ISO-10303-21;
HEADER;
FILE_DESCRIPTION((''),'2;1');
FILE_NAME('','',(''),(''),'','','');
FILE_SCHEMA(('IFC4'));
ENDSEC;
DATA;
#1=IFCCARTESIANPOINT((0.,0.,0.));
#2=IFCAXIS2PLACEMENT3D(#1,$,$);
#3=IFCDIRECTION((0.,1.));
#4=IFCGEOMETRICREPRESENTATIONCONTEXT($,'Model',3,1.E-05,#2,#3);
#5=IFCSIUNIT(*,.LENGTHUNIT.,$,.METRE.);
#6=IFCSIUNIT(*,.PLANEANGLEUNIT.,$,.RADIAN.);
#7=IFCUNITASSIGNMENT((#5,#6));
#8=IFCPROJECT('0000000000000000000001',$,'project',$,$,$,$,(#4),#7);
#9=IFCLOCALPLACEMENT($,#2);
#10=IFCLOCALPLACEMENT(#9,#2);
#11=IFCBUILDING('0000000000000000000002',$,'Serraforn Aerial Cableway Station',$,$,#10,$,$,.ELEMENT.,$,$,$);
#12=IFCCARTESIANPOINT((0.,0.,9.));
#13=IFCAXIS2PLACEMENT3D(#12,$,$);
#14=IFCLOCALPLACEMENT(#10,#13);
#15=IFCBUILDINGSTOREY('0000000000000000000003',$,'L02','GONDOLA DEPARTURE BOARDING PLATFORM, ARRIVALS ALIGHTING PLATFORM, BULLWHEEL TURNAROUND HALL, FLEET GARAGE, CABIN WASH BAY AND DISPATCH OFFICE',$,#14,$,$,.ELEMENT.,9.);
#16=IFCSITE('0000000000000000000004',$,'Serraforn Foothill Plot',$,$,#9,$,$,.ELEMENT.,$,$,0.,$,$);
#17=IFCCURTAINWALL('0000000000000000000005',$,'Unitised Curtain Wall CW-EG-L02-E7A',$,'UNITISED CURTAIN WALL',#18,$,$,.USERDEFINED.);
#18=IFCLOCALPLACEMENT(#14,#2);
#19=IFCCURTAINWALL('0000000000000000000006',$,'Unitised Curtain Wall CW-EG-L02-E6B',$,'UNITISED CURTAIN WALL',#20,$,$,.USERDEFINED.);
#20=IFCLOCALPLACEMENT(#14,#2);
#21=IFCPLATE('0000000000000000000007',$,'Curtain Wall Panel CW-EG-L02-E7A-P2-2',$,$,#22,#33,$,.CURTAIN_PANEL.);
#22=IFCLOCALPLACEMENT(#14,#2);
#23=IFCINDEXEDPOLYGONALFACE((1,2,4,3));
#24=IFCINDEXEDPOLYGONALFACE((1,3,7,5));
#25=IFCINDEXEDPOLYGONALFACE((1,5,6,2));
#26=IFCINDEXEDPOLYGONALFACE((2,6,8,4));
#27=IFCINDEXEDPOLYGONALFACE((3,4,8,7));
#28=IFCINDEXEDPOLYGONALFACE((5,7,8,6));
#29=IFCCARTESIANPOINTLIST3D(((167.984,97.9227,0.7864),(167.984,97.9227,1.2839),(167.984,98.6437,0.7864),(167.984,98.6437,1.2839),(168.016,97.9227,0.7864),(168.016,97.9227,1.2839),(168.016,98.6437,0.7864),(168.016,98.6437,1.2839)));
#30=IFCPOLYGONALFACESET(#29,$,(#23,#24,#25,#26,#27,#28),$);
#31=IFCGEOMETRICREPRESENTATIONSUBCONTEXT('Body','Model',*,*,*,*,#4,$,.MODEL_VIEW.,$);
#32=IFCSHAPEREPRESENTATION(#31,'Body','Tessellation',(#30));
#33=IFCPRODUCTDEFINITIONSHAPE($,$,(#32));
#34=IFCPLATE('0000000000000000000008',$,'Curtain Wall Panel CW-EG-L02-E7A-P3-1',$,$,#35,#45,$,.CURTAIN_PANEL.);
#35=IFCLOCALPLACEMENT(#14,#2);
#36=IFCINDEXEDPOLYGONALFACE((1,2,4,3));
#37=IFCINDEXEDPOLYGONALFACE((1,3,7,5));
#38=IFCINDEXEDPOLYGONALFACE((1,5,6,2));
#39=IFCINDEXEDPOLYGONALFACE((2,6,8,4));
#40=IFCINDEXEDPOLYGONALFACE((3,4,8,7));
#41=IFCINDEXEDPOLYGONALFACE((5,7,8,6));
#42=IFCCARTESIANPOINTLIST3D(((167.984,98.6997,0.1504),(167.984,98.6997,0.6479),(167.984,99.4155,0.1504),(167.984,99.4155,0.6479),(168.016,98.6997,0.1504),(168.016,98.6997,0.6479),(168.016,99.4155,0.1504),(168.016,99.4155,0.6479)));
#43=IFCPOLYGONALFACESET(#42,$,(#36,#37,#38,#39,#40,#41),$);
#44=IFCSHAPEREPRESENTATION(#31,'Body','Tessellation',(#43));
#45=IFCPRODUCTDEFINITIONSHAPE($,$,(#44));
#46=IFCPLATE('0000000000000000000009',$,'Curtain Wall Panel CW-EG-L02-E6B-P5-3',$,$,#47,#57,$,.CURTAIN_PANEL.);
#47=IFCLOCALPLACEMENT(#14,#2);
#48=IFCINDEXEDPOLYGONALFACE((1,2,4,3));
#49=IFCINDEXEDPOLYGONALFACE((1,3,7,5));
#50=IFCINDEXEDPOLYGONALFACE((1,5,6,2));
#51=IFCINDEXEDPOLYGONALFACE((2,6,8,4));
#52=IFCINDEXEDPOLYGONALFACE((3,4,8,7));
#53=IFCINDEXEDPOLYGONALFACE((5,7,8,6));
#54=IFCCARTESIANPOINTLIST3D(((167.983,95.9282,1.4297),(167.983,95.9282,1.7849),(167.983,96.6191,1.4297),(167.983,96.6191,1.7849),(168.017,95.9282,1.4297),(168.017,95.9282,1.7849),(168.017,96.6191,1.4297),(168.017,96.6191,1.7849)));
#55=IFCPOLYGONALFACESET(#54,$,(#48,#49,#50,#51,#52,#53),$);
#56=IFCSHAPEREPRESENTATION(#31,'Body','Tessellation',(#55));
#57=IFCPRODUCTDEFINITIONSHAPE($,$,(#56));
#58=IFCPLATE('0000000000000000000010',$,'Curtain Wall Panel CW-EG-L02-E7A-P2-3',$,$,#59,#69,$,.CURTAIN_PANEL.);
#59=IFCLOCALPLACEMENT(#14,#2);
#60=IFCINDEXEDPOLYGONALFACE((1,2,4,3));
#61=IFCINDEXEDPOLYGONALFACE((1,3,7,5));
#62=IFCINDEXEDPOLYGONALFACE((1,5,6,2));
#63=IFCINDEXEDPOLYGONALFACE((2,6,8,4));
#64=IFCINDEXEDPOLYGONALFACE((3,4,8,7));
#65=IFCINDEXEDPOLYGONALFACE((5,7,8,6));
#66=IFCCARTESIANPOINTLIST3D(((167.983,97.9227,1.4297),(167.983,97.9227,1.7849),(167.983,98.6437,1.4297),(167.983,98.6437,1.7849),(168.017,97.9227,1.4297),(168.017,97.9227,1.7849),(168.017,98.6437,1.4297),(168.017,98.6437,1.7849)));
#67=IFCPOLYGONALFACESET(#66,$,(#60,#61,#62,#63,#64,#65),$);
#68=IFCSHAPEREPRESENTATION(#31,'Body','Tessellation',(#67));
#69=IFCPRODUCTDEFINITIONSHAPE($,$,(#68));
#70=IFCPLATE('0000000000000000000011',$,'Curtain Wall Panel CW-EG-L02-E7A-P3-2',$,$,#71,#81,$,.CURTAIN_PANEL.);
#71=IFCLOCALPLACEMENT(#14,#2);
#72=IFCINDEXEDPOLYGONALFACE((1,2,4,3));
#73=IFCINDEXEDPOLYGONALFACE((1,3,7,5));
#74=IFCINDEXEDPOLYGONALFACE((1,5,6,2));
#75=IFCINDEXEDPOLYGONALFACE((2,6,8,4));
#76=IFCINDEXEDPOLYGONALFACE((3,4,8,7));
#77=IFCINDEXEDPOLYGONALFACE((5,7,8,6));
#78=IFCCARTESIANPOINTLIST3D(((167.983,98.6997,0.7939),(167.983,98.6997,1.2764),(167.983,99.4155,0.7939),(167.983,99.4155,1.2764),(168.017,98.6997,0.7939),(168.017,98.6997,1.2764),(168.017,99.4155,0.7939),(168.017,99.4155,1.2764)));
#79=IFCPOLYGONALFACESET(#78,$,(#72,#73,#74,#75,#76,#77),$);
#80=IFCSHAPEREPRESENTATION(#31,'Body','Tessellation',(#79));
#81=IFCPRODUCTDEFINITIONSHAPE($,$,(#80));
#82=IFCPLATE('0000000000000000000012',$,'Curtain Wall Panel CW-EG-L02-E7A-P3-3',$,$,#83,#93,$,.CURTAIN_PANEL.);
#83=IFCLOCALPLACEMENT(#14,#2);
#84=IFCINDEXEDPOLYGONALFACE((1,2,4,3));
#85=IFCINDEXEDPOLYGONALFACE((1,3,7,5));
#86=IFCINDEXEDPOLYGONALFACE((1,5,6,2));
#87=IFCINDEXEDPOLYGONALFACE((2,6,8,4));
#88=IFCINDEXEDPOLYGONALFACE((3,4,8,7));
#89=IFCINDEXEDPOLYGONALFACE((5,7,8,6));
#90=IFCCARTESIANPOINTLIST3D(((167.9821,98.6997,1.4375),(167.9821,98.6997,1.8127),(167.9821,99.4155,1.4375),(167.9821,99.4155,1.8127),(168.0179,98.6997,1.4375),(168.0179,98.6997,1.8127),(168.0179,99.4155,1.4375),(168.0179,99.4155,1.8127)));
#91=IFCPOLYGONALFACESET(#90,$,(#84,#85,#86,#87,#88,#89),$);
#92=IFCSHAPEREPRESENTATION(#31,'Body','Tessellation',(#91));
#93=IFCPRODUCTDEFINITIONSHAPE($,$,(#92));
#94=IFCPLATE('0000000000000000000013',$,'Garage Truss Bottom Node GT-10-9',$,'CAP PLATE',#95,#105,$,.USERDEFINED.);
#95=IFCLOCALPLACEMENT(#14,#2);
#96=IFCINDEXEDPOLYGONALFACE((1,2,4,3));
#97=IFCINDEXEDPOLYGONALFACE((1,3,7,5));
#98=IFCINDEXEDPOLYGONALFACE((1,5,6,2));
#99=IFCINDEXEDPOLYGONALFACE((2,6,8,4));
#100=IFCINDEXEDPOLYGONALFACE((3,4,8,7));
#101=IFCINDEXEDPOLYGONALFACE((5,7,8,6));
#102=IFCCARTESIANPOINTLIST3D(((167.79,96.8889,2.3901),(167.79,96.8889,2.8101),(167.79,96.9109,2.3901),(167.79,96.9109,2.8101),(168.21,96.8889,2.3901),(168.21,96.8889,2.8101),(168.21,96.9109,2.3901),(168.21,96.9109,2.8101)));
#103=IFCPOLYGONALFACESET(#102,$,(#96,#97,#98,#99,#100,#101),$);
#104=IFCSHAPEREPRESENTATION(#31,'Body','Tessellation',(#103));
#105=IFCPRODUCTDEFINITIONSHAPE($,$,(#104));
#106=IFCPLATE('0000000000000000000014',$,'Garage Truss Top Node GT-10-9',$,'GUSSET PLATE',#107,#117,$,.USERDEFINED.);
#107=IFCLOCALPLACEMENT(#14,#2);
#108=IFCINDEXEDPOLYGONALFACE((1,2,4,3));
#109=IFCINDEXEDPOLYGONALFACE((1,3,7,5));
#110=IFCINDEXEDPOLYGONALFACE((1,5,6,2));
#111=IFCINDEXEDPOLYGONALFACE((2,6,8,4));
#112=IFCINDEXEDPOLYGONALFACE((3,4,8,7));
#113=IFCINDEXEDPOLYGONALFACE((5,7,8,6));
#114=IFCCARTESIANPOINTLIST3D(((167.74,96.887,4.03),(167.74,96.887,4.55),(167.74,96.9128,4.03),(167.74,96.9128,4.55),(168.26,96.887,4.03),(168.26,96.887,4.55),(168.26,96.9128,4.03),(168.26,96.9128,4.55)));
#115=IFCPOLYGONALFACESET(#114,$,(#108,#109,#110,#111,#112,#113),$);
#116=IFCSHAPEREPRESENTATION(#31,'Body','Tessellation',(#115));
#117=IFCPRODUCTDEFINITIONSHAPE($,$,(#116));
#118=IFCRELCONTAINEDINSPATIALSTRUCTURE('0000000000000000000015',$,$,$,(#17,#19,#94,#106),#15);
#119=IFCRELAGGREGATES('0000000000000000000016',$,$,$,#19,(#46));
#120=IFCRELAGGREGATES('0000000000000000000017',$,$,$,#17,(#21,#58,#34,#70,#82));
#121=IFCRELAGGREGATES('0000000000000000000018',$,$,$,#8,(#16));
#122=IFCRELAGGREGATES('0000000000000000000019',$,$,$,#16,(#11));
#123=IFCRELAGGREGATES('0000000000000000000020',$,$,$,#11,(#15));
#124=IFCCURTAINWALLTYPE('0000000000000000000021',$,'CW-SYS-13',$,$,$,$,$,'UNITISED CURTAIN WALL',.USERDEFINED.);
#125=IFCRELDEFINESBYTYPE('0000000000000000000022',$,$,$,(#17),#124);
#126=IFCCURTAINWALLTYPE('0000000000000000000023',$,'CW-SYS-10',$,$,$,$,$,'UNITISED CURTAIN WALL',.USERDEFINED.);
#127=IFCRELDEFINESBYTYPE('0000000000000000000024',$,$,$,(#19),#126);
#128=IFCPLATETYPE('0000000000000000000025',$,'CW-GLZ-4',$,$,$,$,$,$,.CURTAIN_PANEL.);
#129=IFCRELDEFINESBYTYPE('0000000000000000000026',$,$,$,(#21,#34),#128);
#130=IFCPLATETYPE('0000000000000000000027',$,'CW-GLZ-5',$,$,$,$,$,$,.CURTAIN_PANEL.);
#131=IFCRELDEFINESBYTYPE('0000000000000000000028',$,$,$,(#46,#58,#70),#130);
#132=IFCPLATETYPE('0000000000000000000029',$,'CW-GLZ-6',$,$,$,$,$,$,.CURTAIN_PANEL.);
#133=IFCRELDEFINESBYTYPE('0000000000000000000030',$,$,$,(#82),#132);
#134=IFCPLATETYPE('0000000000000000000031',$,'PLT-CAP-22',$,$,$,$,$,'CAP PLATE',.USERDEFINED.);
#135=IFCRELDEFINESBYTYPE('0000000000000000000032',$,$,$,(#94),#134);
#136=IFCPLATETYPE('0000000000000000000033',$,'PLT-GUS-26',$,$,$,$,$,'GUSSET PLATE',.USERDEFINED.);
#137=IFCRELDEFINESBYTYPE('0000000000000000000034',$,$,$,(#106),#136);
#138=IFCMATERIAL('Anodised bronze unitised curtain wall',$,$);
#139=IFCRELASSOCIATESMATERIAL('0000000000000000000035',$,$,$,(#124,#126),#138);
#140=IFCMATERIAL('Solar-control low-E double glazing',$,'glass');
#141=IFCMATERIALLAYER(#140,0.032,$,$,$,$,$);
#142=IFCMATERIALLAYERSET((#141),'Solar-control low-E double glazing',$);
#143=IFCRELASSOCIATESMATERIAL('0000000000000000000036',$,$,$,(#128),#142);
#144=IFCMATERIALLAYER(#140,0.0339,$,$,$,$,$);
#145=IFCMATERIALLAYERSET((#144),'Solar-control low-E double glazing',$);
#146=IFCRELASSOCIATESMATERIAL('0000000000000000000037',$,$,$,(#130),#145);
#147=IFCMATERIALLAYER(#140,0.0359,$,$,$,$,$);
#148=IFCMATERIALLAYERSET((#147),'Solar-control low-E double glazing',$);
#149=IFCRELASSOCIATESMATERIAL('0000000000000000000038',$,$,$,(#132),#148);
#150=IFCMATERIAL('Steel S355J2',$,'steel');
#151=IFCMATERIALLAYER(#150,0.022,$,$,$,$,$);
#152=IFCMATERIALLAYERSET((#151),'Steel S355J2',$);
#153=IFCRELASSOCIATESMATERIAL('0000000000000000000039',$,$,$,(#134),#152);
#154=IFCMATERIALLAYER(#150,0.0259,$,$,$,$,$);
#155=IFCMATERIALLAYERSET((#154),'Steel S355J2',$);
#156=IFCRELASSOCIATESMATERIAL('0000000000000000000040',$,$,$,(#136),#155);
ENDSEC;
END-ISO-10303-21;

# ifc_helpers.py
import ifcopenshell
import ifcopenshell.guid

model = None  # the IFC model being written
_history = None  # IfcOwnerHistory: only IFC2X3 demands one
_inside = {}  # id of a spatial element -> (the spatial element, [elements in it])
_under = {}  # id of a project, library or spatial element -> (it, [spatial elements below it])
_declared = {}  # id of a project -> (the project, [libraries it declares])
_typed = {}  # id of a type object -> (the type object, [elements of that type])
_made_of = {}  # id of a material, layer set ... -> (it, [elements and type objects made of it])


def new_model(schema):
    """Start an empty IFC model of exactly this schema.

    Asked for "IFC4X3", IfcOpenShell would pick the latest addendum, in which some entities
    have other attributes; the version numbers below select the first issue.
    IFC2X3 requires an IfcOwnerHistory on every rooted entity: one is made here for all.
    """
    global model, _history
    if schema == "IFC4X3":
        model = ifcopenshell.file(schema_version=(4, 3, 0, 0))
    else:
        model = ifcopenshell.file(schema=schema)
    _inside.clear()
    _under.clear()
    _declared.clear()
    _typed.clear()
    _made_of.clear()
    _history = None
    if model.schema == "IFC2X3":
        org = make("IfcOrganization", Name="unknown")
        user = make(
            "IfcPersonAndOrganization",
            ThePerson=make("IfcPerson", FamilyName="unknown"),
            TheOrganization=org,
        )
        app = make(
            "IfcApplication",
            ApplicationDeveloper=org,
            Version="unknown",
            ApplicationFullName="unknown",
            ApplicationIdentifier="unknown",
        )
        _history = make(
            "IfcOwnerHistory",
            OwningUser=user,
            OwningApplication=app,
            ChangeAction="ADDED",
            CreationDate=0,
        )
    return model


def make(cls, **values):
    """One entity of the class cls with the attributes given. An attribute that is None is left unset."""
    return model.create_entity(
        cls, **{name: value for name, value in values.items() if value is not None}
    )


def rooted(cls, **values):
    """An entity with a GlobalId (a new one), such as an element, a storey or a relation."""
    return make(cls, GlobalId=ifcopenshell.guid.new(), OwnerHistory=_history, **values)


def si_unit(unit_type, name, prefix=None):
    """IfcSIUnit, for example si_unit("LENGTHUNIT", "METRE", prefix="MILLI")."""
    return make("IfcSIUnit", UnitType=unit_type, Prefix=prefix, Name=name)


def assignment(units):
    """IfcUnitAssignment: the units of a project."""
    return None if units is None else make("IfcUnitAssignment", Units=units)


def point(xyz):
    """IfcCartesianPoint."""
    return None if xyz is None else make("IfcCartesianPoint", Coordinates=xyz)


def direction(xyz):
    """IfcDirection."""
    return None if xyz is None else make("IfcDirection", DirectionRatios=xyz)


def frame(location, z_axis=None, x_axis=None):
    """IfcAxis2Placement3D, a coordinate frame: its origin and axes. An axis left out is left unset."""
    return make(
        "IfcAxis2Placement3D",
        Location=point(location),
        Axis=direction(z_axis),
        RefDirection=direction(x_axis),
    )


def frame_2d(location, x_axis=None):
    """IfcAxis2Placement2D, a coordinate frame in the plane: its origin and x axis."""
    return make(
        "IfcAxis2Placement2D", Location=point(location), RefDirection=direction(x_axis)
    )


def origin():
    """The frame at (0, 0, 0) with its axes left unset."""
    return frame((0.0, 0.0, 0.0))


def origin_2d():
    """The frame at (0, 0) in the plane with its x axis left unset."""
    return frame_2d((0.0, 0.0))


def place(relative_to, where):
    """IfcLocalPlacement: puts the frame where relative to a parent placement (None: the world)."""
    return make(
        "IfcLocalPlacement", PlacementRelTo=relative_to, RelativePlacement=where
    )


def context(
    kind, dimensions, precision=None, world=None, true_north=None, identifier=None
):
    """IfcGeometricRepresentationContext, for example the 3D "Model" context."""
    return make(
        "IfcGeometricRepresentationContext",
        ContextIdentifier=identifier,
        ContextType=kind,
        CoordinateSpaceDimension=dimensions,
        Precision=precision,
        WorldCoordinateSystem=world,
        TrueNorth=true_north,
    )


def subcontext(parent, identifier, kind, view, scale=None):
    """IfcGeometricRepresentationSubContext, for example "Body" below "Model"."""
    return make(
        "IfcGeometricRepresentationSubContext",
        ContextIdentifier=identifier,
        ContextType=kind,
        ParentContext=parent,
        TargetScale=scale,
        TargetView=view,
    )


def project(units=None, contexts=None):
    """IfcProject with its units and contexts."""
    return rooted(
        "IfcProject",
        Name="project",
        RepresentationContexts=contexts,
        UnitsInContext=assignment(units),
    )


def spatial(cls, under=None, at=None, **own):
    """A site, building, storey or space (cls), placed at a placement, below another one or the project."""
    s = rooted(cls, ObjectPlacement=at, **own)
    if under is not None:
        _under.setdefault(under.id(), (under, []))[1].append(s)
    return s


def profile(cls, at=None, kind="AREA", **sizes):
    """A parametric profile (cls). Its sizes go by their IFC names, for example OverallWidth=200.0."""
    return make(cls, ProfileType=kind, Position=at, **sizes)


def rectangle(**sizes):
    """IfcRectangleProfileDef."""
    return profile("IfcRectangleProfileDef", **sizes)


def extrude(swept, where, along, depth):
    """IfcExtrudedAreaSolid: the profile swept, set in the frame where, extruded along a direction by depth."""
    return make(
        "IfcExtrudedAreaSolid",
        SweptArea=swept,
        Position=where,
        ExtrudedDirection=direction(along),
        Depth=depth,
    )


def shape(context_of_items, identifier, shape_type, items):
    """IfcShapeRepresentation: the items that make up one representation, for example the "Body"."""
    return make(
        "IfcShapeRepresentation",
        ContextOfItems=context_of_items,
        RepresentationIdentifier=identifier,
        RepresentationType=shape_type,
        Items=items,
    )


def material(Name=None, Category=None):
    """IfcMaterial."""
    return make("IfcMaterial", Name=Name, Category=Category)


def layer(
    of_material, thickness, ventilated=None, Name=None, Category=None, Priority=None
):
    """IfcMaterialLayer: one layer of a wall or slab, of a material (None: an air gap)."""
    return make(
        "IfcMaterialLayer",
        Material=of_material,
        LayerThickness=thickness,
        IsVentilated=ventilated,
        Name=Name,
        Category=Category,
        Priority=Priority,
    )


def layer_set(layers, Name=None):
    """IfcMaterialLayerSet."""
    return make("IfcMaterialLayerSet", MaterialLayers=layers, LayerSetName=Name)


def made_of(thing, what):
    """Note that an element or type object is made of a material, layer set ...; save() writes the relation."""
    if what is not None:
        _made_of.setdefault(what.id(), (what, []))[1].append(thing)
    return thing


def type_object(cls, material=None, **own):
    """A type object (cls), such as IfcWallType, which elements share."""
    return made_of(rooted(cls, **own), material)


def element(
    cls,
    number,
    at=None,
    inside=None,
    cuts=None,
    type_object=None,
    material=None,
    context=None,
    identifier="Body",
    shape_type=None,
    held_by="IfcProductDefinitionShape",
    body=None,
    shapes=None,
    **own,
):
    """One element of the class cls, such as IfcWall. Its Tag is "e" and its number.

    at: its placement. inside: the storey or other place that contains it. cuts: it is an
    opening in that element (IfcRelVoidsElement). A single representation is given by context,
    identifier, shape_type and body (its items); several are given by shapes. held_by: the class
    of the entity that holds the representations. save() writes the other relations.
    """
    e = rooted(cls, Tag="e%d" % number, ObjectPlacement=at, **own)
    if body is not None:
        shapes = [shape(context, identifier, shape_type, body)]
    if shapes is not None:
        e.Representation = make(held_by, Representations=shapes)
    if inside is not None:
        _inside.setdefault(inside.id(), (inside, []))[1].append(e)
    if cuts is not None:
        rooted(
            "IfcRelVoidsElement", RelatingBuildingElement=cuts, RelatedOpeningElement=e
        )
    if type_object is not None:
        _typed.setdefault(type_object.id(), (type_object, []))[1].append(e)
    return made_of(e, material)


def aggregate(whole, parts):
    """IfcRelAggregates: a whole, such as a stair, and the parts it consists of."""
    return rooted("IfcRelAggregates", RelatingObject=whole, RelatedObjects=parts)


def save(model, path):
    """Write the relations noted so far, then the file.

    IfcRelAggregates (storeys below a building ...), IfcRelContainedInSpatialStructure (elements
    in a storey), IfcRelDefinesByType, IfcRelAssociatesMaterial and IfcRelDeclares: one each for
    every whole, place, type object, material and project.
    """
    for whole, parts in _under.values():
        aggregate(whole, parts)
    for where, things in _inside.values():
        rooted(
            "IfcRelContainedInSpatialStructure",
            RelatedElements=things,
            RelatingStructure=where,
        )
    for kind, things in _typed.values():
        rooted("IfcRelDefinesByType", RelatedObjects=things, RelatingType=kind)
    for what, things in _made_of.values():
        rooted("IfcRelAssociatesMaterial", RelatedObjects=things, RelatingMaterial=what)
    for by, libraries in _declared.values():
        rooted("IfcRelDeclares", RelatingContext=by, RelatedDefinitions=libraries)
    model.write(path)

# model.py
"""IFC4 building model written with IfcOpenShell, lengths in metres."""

from ifc_helpers import new_model, si_unit, direction, frame, origin, origin_2d, place, context, subcontext, project, spatial, rectangle, extrude, material, layer, layer_set, type_object, element, aggregate, save


model = new_model("IFC4")

# Units and contexts
model_context = context("Model", 3, precision=1e-05, world=origin(), true_north=direction((0.0, 1.0)))
body_context = subcontext(model_context, "Body", "Model", "MODEL_VIEW")
ifc_project = project(units=[si_unit("LENGTHUNIT", "METRE"), si_unit("PLANEANGLEUNIT", "RADIAN")], contexts=[model_context])

# Site, building, storey
site_placement = place(None, origin())
site = spatial("IfcSite", under=ifc_project, at=site_placement, Name="Serraforn Foothill Plot", CompositionType="ELEMENT", RefElevation=0.0)
building_placement = place(site_placement, origin())
building = spatial("IfcBuilding", under=site, at=building_placement, Name="Serraforn Aerial Cableway Station", CompositionType="ELEMENT")
storey_placement = place(building_placement, frame((0.0, 0.0, 9.0)))
storey = spatial("IfcBuildingStorey", under=building, at=storey_placement, Name="L02", Description="GONDOLA DEPARTURE BOARDING PLATFORM, ARRIVALS ALIGHTING PLATFORM, BULLWHEEL TURNAROUND HALL, FLEET GARAGE, CABIN WASH BAY AND DISPATCH OFFICE", CompositionType="ELEMENT", Elevation=9.0)

# Shared definitions
ifc_material_1 = material(Name="Steel S355J2", Category="steel")

# Curtain walls
ifc_material_2 = material(Name="Anodised bronze unitised curtain wall")
curtain_wall_type_1 = type_object("IfcCurtainWallType", Name="CW-SYS-13", ElementType="UNITISED CURTAIN WALL", PredefinedType="USERDEFINED", material=ifc_material_2)
curtain_wall_1_placement = place(storey_placement, origin())
curtain_wall_1 = element("IfcCurtainWall", 1, at=curtain_wall_1_placement, inside=storey, type_object=curtain_wall_type_1, Name="Unitised Curtain Wall CW-EG-L02-E7A", ObjectType="UNITISED CURTAIN WALL", PredefinedType="USERDEFINED")
curtain_wall_type_2 = type_object("IfcCurtainWallType", Name="CW-SYS-10", ElementType="UNITISED CURTAIN WALL", PredefinedType="USERDEFINED", material=ifc_material_2)
curtain_wall_2_placement = place(storey_placement, origin())
curtain_wall_2 = element("IfcCurtainWall", 2, at=curtain_wall_2_placement, inside=storey, type_object=curtain_wall_type_2, Name="Unitised Curtain Wall CW-EG-L02-E6B", ObjectType="UNITISED CURTAIN WALL", PredefinedType="USERDEFINED")

# Plates
ifc_material_3 = material(Name="Solar-control low-E double glazing", Category="glass")
ifc_layer_1 = layer(ifc_material_3, 0.032)
ifc_layer_set_1 = layer_set([ifc_layer_1], Name="Solar-control low-E double glazing")
plate_type_1 = type_object("IfcPlateType", Name="CW-GLZ-4", PredefinedType="CURTAIN_PANEL", material=ifc_layer_set_1)
plate_1_placement = place(storey_placement, frame((168.0, 98.2832, 0.7864), z_axis=(0.0, 0.0, 1.0), x_axis=(1.0, 0.0, 0.0)))
plate_1 = element("IfcPlate", 3, at=plate_1_placement, type_object=plate_type_1, Name="Curtain Wall Panel CW-EG-L02-E7A-P2-2", PredefinedType="CURTAIN_PANEL", context=body_context, shape_type="SweptSolid", body=[
    extrude(rectangle(XDim=0.032, YDim=0.7209, at=origin_2d()), origin(), (0.0, 0.0, 1.0), 0.4976),
])
plate_2_placement = place(storey_placement, frame((168.0, 99.0576, 0.1504), z_axis=(0.0, 0.0, 1.0), x_axis=(1.0, 0.0, 0.0)))
plate_2 = element("IfcPlate", 4, at=plate_2_placement, type_object=plate_type_1, Name="Curtain Wall Panel CW-EG-L02-E7A-P3-1", PredefinedType="CURTAIN_PANEL", context=body_context, shape_type="SweptSolid", body=[
    extrude(rectangle(XDim=0.032, YDim=0.7158, at=origin_2d()), origin(), (0.0, 0.0, 1.0), 0.4976),
])
ifc_layer_2 = layer(ifc_material_3, 0.0339)
ifc_layer_set_2 = layer_set([ifc_layer_2], Name="Solar-control low-E double glazing")
plate_type_2 = type_object("IfcPlateType", Name="CW-GLZ-5", PredefinedType="CURTAIN_PANEL", material=ifc_layer_set_2)
plate_3_placement = place(storey_placement, frame((168.0, 96.2737, 1.4297), z_axis=(0.0, 0.0, 1.0), x_axis=(1.0, 0.0, 0.0)))
plate_3 = element("IfcPlate", 5, at=plate_3_placement, type_object=plate_type_2, Name="Curtain Wall Panel CW-EG-L02-E6B-P5-3", PredefinedType="CURTAIN_PANEL", context=body_context, shape_type="SweptSolid", body=[
    extrude(rectangle(XDim=0.0339, YDim=0.6909, at=origin_2d()), origin(), (0.0, 0.0, 1.0), 0.3552),
])
aggregate(curtain_wall_2, [plate_3])
plate_4_placement = place(storey_placement, frame((168.0, 98.2832, 1.4297), z_axis=(0.0, 0.0, 1.0), x_axis=(1.0, 0.0, 0.0)))
plate_4 = element("IfcPlate", 6, at=plate_4_placement, type_object=plate_type_2, Name="Curtain Wall Panel CW-EG-L02-E7A-P2-3", PredefinedType="CURTAIN_PANEL", context=body_context, shape_type="SweptSolid", body=[
    extrude(rectangle(XDim=0.0339, YDim=0.7209, at=origin_2d()), origin(), (0.0, 0.0, 1.0), 0.3552),
])
plate_5_placement = place(storey_placement, frame((168.0, 99.0576, 0.7939), z_axis=(0.0, 0.0, 1.0), x_axis=(1.0, 0.0, 0.0)))
plate_5 = element("IfcPlate", 7, at=plate_5_placement, type_object=plate_type_2, Name="Curtain Wall Panel CW-EG-L02-E7A-P3-2", PredefinedType="CURTAIN_PANEL", context=body_context, shape_type="SweptSolid", body=[
    extrude(rectangle(XDim=0.0339, YDim=0.7158, at=origin_2d()), origin(), (0.0, 0.0, 1.0), 0.4824),
])
ifc_layer_3 = layer(ifc_material_3, 0.0359)
ifc_layer_set_3 = layer_set([ifc_layer_3], Name="Solar-control low-E double glazing")
plate_type_3 = type_object("IfcPlateType", Name="CW-GLZ-6", PredefinedType="CURTAIN_PANEL", material=ifc_layer_set_3)
plate_6_placement = place(storey_placement, frame((168.0, 99.0576, 1.4375), z_axis=(0.0, 0.0, 1.0), x_axis=(1.0, 0.0, 0.0)))
plate_6 = element("IfcPlate", 8, at=plate_6_placement, type_object=plate_type_3, Name="Curtain Wall Panel CW-EG-L02-E7A-P3-3", PredefinedType="CURTAIN_PANEL", context=body_context, shape_type="SweptSolid", body=[
    extrude(rectangle(XDim=0.0359, YDim=0.7158, at=origin_2d()), origin(), (0.0, 0.0, 1.0), 0.3752),
])
aggregate(curtain_wall_1, [plate_1, plate_4, plate_2, plate_5, plate_6])

# Plates
ifc_layer_4 = layer(ifc_material_1, 0.022)
ifc_layer_set_4 = layer_set([ifc_layer_4], Name="Steel S355J2")
plate_type_4 = type_object("IfcPlateType", Name="PLT-CAP-22", ElementType="CAP PLATE", PredefinedType="USERDEFINED", material=ifc_layer_set_4)
plate_7_placement = place(storey_placement, frame((168.0, 96.8999, 2.3901), z_axis=(0.0, 0.0, 1.0), x_axis=(1.0, 0.0, 0.0)))
element("IfcPlate", 9, at=plate_7_placement, inside=storey, type_object=plate_type_4, Name="Garage Truss Bottom Node GT-10-9", ObjectType="CAP PLATE", PredefinedType="USERDEFINED", context=body_context, shape_type="SweptSolid", body=[
    extrude(rectangle(XDim=0.4199, YDim=0.022, at=origin_2d()), origin(), (0.0, 0.0, 1.0), 0.4199),
])
ifc_layer_5 = layer(ifc_material_1, 0.0259)
ifc_layer_set_5 = layer_set([ifc_layer_5], Name="Steel S355J2")
plate_type_5 = type_object("IfcPlateType", Name="PLT-GUS-26", ElementType="GUSSET PLATE", PredefinedType="USERDEFINED", material=ifc_layer_set_5)
plate_8_placement = place(storey_placement, frame((168.0, 96.8999, 4.03), z_axis=(0.0, 0.0, 1.0), x_axis=(1.0, 0.0, 0.0)))
element("IfcPlate", 10, at=plate_8_placement, inside=storey, type_object=plate_type_5, Name="Garage Truss Top Node GT-10-9", ObjectType="GUSSET PLATE", PredefinedType="USERDEFINED", context=body_context, shape_type="SweptSolid", body=[
    extrude(rectangle(XDim=0.52, YDim=0.0259, at=origin_2d()), origin(), (0.0, 0.0, 1.0), 0.52),
])

save(model, "model.ifc")
